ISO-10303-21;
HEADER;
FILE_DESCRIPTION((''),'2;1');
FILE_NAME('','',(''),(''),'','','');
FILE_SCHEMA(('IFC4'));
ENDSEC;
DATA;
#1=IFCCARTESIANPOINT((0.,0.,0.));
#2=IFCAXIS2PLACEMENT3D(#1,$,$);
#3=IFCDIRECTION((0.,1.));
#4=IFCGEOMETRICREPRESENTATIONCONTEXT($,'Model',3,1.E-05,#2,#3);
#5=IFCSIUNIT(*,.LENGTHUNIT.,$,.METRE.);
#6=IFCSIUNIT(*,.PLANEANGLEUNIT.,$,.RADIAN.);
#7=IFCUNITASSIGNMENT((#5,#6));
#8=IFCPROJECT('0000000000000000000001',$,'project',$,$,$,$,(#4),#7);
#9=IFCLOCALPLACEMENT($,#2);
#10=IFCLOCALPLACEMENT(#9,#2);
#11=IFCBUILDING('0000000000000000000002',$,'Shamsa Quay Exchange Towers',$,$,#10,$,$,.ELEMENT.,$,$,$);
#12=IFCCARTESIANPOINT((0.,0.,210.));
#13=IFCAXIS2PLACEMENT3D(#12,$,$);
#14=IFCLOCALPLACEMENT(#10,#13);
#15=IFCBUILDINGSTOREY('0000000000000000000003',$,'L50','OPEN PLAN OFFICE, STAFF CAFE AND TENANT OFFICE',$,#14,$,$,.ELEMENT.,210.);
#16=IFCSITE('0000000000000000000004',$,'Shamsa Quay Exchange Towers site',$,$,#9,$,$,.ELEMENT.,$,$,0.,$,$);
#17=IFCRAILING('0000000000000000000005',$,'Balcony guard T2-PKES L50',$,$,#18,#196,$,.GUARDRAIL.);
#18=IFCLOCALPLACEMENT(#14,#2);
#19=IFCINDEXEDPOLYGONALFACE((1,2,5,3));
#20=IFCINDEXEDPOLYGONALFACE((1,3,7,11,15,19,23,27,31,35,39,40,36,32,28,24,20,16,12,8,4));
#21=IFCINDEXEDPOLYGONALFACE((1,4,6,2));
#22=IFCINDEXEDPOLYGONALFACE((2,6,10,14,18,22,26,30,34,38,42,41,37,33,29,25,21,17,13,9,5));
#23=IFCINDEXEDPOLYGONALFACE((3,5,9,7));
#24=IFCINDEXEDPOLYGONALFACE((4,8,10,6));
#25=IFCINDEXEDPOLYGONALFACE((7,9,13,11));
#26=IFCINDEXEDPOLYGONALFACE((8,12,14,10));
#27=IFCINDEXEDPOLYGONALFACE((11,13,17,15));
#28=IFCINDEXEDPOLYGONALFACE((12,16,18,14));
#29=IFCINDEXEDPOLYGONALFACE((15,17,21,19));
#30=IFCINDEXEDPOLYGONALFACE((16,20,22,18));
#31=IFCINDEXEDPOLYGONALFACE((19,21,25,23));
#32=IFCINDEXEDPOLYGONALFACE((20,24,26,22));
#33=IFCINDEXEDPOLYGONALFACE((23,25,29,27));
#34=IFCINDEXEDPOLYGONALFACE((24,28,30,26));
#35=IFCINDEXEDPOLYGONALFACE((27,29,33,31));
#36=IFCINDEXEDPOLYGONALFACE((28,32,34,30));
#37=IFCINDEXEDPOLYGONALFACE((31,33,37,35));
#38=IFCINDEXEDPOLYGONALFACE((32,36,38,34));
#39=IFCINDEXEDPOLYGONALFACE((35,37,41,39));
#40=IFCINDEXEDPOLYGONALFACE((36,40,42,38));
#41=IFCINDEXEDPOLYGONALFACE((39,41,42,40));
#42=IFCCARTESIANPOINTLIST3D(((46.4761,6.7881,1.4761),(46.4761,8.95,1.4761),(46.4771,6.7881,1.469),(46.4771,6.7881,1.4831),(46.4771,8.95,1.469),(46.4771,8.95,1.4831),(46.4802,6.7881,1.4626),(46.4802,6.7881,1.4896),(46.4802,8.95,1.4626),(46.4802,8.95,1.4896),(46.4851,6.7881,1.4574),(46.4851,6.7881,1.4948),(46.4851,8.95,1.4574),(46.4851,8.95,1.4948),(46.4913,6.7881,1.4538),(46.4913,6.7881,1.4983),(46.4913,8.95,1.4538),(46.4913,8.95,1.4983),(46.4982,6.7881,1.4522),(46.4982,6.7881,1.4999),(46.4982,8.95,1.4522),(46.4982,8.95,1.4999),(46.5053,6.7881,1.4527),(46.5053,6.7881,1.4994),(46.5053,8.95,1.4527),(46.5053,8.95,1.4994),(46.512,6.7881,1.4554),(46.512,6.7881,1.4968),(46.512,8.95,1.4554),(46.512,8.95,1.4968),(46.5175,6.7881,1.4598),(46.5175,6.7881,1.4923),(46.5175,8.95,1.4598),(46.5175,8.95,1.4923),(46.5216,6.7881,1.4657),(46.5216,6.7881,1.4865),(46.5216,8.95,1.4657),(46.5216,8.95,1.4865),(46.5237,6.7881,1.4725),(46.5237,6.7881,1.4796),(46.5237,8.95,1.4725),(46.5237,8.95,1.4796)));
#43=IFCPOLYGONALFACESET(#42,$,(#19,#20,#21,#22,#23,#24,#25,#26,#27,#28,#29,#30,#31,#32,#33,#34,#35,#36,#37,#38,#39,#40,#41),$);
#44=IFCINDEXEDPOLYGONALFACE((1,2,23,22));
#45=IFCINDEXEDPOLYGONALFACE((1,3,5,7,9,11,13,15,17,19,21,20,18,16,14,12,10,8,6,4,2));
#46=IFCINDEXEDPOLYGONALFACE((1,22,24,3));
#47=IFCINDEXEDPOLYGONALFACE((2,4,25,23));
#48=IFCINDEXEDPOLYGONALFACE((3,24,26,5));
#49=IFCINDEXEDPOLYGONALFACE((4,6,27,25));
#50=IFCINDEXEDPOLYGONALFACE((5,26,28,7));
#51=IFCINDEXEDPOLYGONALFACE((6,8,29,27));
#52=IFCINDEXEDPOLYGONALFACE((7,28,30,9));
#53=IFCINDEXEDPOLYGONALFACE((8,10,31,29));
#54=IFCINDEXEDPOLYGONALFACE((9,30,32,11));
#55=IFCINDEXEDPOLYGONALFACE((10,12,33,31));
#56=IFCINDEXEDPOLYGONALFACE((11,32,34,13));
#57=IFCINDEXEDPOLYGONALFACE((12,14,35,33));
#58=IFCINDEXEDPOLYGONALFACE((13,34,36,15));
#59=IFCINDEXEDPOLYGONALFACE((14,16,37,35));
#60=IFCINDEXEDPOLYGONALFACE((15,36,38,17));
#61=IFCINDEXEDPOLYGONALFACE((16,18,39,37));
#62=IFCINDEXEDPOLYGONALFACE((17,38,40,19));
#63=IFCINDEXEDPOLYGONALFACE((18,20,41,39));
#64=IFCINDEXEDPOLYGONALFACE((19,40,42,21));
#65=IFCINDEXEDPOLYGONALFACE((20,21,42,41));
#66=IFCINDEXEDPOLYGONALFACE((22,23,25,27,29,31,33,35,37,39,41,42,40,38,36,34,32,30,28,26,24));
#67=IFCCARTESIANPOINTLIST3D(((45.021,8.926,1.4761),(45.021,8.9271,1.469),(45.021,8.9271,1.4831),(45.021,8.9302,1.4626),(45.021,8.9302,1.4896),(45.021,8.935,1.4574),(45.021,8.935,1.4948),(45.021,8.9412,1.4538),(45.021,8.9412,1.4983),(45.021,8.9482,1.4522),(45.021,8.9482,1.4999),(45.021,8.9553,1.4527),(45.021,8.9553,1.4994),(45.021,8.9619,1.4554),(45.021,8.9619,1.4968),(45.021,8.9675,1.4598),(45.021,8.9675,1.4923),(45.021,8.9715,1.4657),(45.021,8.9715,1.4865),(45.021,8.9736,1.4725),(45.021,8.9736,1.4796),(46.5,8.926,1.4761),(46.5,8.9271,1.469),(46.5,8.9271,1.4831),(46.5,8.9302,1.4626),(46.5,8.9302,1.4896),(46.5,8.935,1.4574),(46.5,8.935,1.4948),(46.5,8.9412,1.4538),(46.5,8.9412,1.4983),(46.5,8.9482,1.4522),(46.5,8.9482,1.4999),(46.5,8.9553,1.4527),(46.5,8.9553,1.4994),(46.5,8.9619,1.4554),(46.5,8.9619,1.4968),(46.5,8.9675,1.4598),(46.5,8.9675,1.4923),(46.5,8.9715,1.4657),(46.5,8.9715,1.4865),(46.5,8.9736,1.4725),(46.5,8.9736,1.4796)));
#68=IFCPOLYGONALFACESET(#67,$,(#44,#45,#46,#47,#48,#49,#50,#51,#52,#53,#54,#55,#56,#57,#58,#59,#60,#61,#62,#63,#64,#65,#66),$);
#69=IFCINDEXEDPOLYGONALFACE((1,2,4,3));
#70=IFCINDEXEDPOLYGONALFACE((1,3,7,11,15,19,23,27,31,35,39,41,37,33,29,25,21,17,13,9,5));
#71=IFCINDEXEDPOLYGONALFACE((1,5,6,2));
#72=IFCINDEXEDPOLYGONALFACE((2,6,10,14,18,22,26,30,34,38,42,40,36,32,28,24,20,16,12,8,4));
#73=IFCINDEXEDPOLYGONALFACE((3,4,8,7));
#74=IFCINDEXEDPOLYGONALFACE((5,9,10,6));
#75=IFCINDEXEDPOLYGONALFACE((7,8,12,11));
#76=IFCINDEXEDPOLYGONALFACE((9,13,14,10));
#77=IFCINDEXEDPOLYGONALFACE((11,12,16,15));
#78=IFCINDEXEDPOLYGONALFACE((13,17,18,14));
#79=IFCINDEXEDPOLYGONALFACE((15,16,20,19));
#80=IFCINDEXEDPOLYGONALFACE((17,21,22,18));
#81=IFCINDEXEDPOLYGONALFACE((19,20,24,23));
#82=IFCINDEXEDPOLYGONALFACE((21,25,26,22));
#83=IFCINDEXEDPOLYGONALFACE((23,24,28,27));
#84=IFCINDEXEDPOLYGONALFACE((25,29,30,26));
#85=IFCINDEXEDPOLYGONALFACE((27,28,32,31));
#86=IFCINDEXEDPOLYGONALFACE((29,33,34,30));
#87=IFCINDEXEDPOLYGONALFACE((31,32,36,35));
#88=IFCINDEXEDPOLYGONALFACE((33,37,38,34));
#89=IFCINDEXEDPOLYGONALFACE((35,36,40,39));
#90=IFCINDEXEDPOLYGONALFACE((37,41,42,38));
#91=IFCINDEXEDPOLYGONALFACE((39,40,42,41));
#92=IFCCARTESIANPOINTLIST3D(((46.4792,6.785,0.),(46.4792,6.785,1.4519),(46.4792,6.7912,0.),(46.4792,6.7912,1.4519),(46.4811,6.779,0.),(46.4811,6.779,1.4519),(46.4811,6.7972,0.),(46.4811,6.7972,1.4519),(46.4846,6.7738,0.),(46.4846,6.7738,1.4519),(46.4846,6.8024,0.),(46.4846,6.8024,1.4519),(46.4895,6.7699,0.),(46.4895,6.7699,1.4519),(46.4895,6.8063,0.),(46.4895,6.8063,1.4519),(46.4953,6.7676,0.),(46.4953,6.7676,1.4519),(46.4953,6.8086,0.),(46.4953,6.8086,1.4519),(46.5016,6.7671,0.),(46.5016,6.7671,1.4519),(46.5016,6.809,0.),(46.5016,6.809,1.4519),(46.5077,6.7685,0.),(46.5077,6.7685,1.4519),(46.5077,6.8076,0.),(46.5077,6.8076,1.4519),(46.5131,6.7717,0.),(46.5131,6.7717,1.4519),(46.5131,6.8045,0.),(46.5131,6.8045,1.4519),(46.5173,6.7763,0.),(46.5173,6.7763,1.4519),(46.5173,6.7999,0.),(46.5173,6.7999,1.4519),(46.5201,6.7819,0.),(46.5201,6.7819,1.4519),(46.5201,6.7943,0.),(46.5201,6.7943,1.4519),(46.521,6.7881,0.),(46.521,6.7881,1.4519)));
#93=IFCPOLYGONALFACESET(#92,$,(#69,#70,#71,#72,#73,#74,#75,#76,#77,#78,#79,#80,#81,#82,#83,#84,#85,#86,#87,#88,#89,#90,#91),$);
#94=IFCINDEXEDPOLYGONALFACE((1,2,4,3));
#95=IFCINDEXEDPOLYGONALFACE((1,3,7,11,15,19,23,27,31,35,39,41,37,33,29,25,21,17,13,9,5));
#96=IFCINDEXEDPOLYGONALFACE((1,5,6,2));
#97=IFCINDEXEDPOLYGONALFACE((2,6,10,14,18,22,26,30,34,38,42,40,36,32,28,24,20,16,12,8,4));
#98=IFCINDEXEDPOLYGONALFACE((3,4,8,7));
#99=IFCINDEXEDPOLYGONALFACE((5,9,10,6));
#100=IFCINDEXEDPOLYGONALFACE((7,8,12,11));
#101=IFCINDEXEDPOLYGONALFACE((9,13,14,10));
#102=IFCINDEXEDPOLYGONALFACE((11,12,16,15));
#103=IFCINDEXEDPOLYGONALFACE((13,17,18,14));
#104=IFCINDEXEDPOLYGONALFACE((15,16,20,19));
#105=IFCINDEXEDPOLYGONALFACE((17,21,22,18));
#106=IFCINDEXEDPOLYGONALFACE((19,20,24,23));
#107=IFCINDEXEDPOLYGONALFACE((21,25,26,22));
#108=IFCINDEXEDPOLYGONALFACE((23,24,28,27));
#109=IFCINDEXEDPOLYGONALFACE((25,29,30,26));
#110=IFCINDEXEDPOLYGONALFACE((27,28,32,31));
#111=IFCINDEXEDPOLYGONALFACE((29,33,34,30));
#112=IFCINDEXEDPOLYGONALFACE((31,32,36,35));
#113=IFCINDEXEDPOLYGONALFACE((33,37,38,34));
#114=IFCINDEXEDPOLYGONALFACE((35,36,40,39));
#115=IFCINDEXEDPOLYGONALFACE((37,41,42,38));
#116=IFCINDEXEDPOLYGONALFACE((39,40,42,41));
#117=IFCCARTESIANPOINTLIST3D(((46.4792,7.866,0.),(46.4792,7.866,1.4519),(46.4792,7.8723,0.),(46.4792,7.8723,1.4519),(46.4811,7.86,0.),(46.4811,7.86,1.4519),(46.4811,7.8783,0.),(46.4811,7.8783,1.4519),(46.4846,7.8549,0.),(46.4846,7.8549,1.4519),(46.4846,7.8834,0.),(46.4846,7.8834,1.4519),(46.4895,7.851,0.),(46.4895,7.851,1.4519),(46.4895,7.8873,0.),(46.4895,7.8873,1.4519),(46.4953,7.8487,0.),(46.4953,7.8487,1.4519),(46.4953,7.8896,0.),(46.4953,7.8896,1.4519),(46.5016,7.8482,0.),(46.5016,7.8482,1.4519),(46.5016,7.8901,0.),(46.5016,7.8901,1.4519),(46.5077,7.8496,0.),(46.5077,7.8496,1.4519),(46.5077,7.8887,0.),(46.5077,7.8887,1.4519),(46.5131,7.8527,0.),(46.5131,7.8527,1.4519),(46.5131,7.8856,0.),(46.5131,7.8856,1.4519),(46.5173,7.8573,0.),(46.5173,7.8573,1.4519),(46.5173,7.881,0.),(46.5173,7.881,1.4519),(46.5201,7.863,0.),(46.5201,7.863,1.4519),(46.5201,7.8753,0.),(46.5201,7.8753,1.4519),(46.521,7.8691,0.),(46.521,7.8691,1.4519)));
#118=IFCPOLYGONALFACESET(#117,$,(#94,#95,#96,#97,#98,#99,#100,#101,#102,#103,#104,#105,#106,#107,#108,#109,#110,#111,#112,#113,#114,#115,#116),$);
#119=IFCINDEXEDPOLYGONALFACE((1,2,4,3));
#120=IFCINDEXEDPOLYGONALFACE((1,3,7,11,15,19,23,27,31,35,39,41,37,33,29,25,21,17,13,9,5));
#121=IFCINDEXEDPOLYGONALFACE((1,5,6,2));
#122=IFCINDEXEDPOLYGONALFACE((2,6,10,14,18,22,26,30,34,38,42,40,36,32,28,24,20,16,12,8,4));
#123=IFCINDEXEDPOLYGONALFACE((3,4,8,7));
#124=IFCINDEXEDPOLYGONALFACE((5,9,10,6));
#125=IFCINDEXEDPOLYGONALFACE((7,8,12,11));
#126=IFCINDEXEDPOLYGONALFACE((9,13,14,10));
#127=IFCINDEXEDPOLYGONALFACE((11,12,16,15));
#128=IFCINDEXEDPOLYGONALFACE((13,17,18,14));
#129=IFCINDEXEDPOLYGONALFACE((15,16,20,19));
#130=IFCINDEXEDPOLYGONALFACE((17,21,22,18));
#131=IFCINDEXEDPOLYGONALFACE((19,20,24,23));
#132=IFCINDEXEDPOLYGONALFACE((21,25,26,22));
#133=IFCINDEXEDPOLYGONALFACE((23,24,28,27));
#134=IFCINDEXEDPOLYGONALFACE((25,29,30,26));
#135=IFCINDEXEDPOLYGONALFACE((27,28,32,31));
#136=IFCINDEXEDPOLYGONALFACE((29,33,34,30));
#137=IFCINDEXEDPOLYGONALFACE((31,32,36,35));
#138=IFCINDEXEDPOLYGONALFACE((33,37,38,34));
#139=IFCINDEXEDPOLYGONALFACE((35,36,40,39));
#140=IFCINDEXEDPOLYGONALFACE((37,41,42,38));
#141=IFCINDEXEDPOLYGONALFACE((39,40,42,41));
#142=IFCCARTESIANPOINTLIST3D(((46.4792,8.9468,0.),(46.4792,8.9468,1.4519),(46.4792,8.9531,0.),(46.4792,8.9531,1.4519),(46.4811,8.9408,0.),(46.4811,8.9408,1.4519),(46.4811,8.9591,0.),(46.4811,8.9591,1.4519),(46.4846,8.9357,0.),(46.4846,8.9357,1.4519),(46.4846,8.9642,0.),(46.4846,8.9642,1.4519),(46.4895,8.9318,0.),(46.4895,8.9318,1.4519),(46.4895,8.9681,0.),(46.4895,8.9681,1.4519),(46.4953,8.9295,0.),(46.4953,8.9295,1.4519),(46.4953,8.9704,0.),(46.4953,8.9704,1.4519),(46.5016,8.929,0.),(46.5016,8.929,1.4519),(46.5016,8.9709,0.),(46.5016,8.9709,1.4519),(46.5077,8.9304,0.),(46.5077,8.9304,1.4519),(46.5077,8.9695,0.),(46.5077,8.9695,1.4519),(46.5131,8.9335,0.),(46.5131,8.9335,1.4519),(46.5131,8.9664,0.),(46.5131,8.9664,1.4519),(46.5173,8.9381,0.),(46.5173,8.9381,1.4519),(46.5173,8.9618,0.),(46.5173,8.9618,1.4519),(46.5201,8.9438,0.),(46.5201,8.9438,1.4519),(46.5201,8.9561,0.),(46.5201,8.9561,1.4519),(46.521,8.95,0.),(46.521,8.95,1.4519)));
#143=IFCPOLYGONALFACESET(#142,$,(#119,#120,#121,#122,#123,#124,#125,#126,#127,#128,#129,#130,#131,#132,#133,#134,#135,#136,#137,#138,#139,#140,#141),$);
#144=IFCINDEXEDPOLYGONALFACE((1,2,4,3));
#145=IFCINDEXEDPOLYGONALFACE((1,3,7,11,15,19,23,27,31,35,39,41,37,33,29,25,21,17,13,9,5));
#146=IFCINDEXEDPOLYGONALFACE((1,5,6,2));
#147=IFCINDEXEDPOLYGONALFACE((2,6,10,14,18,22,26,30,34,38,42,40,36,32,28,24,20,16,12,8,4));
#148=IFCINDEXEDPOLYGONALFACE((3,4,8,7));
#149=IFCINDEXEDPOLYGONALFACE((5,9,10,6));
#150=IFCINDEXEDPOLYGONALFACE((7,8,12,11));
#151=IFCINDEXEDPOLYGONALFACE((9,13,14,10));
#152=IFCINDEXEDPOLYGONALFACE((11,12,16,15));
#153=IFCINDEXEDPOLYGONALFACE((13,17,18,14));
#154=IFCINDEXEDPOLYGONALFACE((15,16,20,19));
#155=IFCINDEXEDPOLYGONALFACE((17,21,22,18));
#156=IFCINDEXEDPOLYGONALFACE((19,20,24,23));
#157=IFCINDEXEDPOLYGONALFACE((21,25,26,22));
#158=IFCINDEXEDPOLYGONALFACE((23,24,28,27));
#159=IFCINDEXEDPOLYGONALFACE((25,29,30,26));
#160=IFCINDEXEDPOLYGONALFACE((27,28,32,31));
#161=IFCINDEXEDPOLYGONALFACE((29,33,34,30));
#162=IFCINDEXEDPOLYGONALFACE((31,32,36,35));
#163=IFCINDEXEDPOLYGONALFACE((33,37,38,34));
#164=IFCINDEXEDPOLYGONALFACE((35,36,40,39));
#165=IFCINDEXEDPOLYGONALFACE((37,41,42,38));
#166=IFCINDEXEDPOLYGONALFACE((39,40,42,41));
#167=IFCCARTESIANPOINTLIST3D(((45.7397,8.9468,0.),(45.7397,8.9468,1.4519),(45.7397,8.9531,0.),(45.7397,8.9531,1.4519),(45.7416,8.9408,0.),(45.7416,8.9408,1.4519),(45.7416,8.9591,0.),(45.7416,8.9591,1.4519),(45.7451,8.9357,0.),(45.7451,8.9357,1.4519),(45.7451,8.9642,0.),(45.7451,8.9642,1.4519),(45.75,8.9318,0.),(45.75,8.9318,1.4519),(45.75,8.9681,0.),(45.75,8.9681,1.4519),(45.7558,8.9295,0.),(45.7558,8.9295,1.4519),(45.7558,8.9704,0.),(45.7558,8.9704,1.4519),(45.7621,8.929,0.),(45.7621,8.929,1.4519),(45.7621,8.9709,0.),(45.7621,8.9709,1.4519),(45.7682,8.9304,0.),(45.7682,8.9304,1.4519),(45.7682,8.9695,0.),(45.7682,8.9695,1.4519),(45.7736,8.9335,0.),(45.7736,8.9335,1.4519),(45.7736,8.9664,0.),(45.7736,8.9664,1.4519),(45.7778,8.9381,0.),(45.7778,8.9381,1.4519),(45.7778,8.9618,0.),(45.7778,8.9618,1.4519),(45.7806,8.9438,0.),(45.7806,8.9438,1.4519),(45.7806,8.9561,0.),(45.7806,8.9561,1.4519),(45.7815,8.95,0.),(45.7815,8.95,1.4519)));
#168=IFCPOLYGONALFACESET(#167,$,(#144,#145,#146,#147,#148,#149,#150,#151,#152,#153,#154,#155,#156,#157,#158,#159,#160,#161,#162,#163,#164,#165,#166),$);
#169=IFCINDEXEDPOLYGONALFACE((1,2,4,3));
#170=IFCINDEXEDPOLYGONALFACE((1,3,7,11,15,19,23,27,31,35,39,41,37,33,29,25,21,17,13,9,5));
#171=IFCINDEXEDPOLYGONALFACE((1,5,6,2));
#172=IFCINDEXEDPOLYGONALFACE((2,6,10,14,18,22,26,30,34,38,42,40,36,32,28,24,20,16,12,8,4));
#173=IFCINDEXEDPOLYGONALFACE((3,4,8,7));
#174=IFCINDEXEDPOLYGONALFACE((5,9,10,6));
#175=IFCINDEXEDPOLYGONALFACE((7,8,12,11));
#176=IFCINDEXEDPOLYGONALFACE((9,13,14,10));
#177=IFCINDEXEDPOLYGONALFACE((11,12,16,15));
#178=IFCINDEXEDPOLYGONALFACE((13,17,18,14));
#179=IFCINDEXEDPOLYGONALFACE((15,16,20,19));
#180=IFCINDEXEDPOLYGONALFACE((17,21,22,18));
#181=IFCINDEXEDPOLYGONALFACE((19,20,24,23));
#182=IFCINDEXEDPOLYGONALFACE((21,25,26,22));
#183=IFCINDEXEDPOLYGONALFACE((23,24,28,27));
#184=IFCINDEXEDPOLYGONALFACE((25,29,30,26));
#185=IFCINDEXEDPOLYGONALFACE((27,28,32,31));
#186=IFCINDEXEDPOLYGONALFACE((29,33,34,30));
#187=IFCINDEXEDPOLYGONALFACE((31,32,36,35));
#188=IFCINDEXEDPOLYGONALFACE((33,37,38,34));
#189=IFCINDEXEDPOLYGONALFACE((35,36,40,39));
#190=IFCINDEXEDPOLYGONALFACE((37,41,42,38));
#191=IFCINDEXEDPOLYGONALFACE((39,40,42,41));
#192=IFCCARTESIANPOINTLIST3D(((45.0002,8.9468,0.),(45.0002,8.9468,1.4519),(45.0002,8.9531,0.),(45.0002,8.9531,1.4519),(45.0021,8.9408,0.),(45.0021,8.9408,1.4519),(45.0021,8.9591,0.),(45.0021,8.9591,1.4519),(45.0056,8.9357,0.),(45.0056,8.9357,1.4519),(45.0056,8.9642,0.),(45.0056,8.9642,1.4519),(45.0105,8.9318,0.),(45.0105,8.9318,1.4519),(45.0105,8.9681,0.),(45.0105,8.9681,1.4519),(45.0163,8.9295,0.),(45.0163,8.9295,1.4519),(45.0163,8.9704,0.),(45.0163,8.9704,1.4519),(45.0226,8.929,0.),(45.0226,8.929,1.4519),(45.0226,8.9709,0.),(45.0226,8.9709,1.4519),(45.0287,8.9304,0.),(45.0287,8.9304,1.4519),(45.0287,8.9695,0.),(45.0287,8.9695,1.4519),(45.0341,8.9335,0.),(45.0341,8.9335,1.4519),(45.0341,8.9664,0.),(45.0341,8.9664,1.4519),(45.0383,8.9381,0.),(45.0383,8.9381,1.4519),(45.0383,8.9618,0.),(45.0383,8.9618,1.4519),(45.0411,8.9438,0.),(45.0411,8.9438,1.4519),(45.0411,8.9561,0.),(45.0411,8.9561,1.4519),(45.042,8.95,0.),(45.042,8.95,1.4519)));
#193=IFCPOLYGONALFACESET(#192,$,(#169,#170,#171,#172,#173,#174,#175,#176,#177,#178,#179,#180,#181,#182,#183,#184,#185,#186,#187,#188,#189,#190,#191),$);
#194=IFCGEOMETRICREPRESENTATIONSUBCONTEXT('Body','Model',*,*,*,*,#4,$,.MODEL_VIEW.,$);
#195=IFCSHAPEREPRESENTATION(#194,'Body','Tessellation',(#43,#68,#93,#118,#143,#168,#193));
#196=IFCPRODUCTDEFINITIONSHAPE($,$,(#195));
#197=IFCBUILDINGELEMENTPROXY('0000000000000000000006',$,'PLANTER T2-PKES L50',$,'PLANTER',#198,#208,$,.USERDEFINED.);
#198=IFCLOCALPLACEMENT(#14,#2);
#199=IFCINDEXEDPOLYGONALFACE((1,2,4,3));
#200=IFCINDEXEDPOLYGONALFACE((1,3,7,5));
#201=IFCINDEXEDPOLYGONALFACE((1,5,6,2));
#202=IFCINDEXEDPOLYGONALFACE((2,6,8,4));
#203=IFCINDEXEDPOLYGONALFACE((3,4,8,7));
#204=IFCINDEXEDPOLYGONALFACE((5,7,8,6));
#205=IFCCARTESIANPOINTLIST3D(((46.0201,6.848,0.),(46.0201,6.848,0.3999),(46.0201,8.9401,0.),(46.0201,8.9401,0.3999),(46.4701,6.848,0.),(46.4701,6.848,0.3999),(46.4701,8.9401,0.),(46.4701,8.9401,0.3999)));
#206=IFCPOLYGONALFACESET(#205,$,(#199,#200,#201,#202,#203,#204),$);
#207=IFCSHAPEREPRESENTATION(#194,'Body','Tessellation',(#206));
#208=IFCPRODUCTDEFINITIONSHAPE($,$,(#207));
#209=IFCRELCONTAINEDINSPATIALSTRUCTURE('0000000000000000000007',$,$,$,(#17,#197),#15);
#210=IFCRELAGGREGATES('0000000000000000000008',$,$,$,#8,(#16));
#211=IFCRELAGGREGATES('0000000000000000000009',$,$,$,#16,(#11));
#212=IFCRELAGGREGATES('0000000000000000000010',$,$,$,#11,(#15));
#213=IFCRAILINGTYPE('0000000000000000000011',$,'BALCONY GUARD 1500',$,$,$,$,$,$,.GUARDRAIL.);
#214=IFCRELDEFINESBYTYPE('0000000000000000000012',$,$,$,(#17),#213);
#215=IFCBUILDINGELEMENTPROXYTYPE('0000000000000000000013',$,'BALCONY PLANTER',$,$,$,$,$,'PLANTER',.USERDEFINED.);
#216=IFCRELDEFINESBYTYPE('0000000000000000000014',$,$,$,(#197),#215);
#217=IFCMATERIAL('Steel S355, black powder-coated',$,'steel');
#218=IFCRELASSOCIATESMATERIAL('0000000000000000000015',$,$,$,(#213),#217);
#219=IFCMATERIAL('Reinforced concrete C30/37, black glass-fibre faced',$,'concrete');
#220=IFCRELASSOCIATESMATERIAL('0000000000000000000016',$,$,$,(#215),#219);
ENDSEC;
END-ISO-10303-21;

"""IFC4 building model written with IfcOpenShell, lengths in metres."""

from ifc_helpers import new_model, si_unit, direction, frame, origin, origin_2d, place, context, subcontext, project, spatial, rectangle, circle, extrude, material, type_object, element, save


model = new_model("IFC4")

# Units and contexts
model_context = context("Model", 3, precision=1e-05, world=origin(), true_north=direction((0.0, 1.0)))
body_context = subcontext(model_context, "Body", "Model", "MODEL_VIEW")
ifc_project = project(units=[si_unit("LENGTHUNIT", "METRE"), si_unit("PLANEANGLEUNIT", "RADIAN")], contexts=[model_context])

# Site, building, storey
site_placement = place(None, origin())
site = spatial("IfcSite", under=ifc_project, at=site_placement, Name="Shamsa Quay Exchange Towers site", CompositionType="ELEMENT", RefElevation=0.0)
building_placement = place(site_placement, origin())
building = spatial("IfcBuilding", under=site, at=building_placement, Name="Shamsa Quay Exchange Towers", CompositionType="ELEMENT")
storey_placement = place(building_placement, frame((0.0, 0.0, 210.0)))
storey = spatial("IfcBuildingStorey", under=building, at=storey_placement, Name="L50", Description="OPEN PLAN OFFICE, STAFF CAFE AND TENANT OFFICE", CompositionType="ELEMENT", Elevation=210.0)

# Railing
ifc_material_1 = material(Name="Steel S355, black powder-coated", Category="steel")
railing_type_1 = type_object("IfcRailingType", Name="BALCONY GUARD 1500", PredefinedType="GUARDRAIL", material=ifc_material_1)
for number, where, name in (
    (1, (46.5, 6.7881, 0.0), "Balcony guard T2-PKES L50"),
):
    element("IfcRailing", number, at=place(storey_placement, frame(where)), inside=storey, type_object=railing_type_1, Name=name, PredefinedType="GUARDRAIL", context=body_context, shape_type="SweptSolid", body=[
        extrude(circle(Radius=0.0239, at=origin_2d()), frame((0.0, 0.0, 1.4761), z_axis=(0.0, 1.0, 0.0), x_axis=(-1.0, 0.0, 0.0)), (0.0, 0.0, 1.0), 2.1619),
        extrude(circle(Radius=0.0239, at=origin_2d()), frame((0.0, 2.1619, 1.4761), z_axis=(-1.0, 0.0, 0.0), x_axis=(0.0, -1.0, 0.0)), (0.0, 0.0, 1.0), 1.479),
        extrude(circle(Radius=0.021, at=origin_2d()), origin(), (0.0, 0.0, 1.0), 1.4519),
        extrude(circle(Radius=0.021, at=origin_2d()), frame((0.0, 1.0811, 0.0)), (0.0, 0.0, 1.0), 1.4519),
        extrude(circle(Radius=0.021, at=origin_2d()), frame((0.0, 2.1619, 0.0)), (0.0, 0.0, 1.0), 1.4519),
        extrude(circle(Radius=0.021, at=origin_2d()), frame((-0.7395, 2.1619, 0.0)), (0.0, 0.0, 1.0), 1.4519),
        extrude(circle(Radius=0.021, at=origin_2d()), frame((-1.479, 2.1619, 0.0)), (0.0, 0.0, 1.0), 1.4519),
    ])

# Building element proxy
ifc_material_2 = material(Name="Reinforced concrete C30/37, black glass-fibre faced", Category="concrete")
building_element_proxy_type = type_object("IfcBuildingElementProxyType", Name="BALCONY PLANTER", ElementType="PLANTER", PredefinedType="USERDEFINED", material=ifc_material_2)
proxy_placement = place(storey_placement, frame((46.2451, 7.894, 0.0), z_axis=(0.0, 0.0, 1.0), x_axis=(0.0, 1.0, 0.0)))
element("IfcBuildingElementProxy", 2, at=proxy_placement, inside=storey, type_object=building_element_proxy_type, Name="PLANTER T2-PKES L50", ObjectType="PLANTER", PredefinedType="USERDEFINED", context=body_context, shape_type="SweptSolid", body=[
    extrude(rectangle(XDim=2.092, YDim=0.45, at=origin_2d()), origin(), (0.0, 0.0, 1.0), 0.3999),
])

save(model, "model.ifc")
